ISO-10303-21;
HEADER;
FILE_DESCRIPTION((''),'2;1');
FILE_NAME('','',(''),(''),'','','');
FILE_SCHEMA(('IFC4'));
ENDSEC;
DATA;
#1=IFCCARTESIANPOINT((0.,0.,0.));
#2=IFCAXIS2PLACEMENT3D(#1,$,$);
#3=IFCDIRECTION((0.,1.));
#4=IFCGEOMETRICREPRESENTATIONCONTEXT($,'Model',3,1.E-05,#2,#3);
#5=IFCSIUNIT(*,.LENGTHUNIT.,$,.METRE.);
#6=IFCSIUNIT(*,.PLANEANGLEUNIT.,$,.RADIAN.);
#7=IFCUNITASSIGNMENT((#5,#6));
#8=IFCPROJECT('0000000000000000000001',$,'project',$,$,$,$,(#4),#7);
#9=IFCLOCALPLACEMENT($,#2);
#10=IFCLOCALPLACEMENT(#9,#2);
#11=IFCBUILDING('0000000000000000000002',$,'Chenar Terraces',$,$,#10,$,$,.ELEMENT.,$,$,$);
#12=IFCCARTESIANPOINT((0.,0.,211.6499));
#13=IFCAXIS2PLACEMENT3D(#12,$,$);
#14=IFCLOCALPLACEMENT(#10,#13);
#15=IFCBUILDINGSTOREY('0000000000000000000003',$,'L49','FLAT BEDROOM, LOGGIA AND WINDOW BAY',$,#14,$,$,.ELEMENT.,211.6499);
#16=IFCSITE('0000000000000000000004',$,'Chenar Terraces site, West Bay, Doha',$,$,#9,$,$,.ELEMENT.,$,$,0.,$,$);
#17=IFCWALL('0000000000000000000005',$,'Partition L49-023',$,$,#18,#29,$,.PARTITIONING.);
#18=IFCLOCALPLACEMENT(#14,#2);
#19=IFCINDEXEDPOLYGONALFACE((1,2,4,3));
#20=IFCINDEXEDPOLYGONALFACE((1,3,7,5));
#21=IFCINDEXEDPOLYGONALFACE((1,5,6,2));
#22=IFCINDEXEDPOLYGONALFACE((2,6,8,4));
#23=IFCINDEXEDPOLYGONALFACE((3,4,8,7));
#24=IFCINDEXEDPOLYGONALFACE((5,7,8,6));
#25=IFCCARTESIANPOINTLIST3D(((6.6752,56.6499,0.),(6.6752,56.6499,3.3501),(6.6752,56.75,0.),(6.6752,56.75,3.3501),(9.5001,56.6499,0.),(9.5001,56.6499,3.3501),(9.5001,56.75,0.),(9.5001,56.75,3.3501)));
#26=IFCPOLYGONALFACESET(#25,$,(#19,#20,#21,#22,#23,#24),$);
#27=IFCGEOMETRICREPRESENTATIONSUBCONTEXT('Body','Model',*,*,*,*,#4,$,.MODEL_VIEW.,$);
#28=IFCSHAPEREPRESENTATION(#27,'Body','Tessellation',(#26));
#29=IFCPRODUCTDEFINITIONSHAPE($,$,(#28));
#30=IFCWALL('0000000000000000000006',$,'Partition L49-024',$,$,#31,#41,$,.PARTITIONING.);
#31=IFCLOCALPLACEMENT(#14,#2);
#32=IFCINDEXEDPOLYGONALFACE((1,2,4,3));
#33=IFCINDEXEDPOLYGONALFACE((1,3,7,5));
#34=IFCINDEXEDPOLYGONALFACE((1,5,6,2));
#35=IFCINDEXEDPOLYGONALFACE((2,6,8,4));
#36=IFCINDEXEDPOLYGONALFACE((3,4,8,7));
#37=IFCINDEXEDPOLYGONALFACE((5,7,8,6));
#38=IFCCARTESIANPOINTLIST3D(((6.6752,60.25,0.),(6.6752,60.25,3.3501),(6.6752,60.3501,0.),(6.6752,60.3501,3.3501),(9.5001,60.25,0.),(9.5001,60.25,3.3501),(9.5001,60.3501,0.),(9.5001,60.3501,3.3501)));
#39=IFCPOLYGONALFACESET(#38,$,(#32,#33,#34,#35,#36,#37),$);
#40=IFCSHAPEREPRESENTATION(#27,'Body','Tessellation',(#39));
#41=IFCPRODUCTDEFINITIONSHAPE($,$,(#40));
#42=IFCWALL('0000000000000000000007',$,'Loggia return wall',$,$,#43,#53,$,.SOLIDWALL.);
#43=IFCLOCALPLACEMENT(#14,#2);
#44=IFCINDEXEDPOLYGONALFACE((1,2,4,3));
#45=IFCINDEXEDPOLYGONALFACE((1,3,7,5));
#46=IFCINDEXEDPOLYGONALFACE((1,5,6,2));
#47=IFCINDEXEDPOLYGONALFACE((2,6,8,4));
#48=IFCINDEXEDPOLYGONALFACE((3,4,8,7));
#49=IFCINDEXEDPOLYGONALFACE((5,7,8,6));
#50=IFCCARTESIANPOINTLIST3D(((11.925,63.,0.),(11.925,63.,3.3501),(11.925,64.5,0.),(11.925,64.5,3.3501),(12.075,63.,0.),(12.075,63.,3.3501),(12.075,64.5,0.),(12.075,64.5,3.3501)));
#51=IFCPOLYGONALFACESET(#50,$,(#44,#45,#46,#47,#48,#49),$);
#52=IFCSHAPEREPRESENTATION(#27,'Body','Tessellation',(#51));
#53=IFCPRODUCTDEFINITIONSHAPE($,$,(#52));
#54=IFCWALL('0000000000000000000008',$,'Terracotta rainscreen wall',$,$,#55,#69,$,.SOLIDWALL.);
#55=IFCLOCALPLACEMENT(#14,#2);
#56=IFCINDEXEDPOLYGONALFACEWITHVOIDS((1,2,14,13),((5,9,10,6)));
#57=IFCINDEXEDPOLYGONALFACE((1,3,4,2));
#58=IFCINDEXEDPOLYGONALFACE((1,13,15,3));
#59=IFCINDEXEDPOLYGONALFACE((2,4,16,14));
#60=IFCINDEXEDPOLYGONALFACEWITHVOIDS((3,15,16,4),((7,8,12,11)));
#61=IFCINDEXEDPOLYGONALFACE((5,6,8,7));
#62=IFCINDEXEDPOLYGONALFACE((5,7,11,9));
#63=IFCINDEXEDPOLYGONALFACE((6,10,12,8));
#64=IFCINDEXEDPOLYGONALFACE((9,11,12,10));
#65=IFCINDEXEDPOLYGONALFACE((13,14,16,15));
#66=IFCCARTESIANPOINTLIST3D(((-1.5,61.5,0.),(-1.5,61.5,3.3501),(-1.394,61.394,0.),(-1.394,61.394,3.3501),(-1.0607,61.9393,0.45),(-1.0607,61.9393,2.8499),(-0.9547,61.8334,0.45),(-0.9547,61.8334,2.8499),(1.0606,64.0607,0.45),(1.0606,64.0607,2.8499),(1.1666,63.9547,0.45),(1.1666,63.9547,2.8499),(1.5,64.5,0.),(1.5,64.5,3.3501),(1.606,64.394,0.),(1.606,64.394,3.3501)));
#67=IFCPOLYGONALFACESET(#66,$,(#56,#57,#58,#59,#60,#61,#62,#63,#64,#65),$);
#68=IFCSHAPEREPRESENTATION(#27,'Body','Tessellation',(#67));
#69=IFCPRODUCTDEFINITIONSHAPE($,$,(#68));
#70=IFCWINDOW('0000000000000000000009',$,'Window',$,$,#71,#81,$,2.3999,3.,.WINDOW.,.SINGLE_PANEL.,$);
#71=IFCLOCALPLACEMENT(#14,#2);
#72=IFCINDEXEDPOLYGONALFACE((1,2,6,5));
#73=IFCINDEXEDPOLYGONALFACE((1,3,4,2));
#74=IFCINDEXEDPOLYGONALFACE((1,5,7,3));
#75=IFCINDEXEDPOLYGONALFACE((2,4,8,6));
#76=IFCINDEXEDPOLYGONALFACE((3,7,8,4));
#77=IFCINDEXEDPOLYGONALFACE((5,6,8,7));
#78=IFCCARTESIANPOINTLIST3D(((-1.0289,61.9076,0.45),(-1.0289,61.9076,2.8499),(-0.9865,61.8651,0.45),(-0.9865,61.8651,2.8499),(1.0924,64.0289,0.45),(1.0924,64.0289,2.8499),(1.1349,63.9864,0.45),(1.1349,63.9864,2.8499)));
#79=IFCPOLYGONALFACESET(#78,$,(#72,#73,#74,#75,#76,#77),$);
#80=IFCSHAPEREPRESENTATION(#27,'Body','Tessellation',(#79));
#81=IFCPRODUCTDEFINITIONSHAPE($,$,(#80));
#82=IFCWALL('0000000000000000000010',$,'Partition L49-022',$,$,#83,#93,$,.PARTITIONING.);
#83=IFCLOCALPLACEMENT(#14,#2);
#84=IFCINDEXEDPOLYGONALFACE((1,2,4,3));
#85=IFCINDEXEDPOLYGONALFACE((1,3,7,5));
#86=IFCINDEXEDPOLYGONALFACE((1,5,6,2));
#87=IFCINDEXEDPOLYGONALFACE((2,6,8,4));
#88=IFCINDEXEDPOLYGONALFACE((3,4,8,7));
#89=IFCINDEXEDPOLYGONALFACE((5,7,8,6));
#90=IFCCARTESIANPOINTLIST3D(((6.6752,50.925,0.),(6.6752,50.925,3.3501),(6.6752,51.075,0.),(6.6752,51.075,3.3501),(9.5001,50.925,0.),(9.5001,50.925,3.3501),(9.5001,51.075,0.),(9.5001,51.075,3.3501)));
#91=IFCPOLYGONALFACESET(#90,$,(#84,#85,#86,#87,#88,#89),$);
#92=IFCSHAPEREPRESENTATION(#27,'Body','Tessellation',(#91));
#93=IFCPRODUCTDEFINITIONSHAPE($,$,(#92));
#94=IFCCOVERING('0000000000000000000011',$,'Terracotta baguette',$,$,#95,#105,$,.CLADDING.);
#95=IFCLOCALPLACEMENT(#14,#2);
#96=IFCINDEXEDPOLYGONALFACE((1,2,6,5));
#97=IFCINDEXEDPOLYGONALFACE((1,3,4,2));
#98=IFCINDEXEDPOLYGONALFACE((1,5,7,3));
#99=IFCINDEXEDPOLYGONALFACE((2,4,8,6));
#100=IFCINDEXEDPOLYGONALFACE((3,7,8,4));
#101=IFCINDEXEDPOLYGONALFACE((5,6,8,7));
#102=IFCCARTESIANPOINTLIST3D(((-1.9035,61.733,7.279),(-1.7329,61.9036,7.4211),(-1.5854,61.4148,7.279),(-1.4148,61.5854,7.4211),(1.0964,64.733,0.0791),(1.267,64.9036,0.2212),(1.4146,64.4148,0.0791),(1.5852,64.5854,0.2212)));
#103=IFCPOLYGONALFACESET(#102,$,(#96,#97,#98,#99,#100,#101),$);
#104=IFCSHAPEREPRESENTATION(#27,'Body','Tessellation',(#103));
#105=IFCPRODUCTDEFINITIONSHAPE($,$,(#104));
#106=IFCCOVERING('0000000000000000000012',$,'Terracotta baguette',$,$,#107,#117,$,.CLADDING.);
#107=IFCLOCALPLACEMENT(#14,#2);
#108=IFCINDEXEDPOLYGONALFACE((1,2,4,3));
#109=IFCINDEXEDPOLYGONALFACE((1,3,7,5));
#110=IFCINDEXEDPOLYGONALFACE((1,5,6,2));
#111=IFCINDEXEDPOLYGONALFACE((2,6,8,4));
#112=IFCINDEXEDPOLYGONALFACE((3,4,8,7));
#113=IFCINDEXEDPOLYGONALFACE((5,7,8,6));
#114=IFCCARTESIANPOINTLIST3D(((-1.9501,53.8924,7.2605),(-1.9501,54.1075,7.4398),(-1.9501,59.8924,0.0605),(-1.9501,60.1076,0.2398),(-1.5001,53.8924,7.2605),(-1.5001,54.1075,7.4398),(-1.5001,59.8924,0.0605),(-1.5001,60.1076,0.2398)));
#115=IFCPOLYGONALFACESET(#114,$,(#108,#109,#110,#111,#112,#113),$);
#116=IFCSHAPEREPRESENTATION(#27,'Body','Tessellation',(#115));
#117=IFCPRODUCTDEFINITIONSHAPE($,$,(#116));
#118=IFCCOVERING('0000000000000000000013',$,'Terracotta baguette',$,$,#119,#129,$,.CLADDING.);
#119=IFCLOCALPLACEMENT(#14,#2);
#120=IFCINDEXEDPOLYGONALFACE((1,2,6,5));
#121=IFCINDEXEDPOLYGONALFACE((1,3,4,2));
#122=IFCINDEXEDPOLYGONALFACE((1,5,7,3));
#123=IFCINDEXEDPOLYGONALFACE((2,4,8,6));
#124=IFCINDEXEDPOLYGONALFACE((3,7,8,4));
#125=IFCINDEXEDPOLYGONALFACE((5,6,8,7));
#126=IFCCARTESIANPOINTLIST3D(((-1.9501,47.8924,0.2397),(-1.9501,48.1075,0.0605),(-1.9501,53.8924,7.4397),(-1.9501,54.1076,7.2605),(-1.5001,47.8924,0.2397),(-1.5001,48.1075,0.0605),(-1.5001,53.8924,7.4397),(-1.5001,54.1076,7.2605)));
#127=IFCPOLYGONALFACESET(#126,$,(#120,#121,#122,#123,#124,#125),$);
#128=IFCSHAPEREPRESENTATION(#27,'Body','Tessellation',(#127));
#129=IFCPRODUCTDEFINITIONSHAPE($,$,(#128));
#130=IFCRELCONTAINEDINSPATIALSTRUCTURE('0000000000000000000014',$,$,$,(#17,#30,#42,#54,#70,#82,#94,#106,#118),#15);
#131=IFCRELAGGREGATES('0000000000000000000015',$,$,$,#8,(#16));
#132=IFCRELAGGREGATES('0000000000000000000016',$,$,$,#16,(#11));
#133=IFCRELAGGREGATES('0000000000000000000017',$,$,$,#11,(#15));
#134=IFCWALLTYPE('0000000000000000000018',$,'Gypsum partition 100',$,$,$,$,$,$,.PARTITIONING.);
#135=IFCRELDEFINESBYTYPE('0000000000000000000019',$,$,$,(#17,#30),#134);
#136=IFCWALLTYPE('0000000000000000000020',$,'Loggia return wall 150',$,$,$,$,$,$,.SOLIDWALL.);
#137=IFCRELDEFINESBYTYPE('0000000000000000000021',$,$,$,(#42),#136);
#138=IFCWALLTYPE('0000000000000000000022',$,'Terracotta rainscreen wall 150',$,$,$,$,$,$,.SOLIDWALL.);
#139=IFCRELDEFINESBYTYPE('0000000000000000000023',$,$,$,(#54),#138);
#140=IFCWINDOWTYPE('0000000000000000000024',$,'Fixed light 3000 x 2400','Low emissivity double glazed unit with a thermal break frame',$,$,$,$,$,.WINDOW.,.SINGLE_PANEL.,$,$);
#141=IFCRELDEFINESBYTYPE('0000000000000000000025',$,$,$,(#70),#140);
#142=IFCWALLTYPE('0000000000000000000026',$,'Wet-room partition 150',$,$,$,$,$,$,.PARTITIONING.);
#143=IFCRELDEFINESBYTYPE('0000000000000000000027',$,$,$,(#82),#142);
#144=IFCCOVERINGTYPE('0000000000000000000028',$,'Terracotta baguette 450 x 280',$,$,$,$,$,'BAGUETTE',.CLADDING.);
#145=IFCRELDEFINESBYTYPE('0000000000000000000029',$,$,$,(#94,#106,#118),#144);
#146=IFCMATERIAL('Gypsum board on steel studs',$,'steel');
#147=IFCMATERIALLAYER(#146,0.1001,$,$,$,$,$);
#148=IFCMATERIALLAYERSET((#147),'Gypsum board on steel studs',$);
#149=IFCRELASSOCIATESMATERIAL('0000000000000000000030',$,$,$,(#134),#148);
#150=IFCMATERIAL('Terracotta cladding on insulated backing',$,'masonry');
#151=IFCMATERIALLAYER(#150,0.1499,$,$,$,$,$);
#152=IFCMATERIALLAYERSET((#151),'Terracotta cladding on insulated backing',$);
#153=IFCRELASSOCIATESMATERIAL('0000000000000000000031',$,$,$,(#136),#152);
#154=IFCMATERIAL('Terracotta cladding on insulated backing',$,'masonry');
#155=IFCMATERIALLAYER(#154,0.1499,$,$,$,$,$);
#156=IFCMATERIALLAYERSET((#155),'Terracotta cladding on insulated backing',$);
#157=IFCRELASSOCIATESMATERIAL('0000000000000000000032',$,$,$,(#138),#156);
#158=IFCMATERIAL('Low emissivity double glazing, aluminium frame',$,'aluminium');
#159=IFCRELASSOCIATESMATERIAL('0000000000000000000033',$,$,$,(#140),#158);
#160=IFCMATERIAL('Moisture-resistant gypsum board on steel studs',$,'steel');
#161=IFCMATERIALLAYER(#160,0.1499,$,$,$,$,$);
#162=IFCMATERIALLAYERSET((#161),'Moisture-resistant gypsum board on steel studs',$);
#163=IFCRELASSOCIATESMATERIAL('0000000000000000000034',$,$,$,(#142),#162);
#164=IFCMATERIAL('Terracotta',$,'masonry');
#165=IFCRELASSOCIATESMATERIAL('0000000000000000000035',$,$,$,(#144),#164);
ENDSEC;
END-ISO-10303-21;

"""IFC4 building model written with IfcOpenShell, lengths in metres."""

from ifc_helpers import new_model, si_unit, direction, frame, frame_2d, origin, origin_2d, place, context, subcontext, project, spatial, rectangle, extrude, material, layer, layer_set, material_profile, profile_set, type_object, element, fill, save


model = new_model("IFC4")

# Units and contexts
model_context = context("Model", 3, precision=1e-05, world=origin(), true_north=direction((0.0, 1.0)))
body_context = subcontext(model_context, "Body", "Model", "MODEL_VIEW")
ifc_project = project(units=[si_unit("LENGTHUNIT", "METRE"), si_unit("PLANEANGLEUNIT", "RADIAN")], contexts=[model_context])

# Site, building, storey
site_placement = place(None, origin())
site = spatial("IfcSite", under=ifc_project, at=site_placement, Name="Chenar Terraces site, West Bay, Doha", CompositionType="ELEMENT", RefElevation=0.0)
building_placement = place(site_placement, origin())
building = spatial("IfcBuilding", under=site, at=building_placement, Name="Chenar Terraces", CompositionType="ELEMENT")
storey_placement = place(building_placement, frame((0.0, 0.0, 211.6499)))
storey = spatial("IfcBuildingStorey", under=building, at=storey_placement, Name="L49", Description="FLAT BEDROOM, LOGGIA AND WINDOW BAY", CompositionType="ELEMENT", Elevation=211.6499)

# Walls
ifc_material_1 = material(Name="Gypsum board on steel studs", Category="steel")
ifc_layer_1 = layer(ifc_material_1, 0.1001)
ifc_layer_set_1 = layer_set([ifc_layer_1], Name="Gypsum board on steel studs")
wall_type_1 = type_object("IfcWallType", Name="Gypsum partition 100", PredefinedType="PARTITIONING", material=ifc_layer_set_1)
for number, where, z_axis, x_axis, name in (
    (1, (6.675, 56.7, 0.0), (0.0, 0.0, 1.0), (1.0, 0.0, 0.0), "Partition L49-023"),
    (2, (6.675, 60.3, 0.0), (0.0, 0.0, 1.0), (1.0, 0.0, 0.0), "Partition L49-024"),
):
    element("IfcWall", number, at=place(storey_placement, frame(where, z_axis=z_axis, x_axis=x_axis)), inside=storey, type_object=wall_type_1, Name=name, PredefinedType="PARTITIONING", context=body_context, shape_type="SweptSolid", body=[
        extrude(rectangle(XDim=2.825, YDim=0.1001, at=frame_2d((1.4126, 0.0))), origin(), (0.0, 0.0, 1.0), 3.3501),
    ])
ifc_material_2 = material(Name="Terracotta cladding on insulated backing", Category="masonry")
ifc_layer_2 = layer(ifc_material_2, 0.1499)
ifc_layer_set_2 = layer_set([ifc_layer_2], Name="Terracotta cladding on insulated backing")
wall_type_2 = type_object("IfcWallType", Name="Loggia return wall 150", PredefinedType="SOLIDWALL", material=ifc_layer_set_2)
wall_1_placement = place(storey_placement, frame((12.0, 64.5, 0.0), z_axis=(0.0, 0.0, 1.0), x_axis=(0.0, -1.0, 0.0)))
element("IfcWall", 3, at=wall_1_placement, inside=storey, type_object=wall_type_2, Name="Loggia return wall", PredefinedType="SOLIDWALL", context=body_context, shape_type="SweptSolid", body=[
    extrude(rectangle(XDim=1.5, YDim=0.1499, at=frame_2d((0.75, 0.0))), origin(), (0.0, 0.0, 1.0), 3.3501),
])

# Wall, opening, window
ifc_material_3 = material(Name="Terracotta cladding on insulated backing", Category="masonry")
ifc_layer_3 = layer(ifc_material_3, 0.1499)
ifc_layer_set_3 = layer_set([ifc_layer_3], Name="Terracotta cladding on insulated backing")
wall_type_3 = type_object("IfcWallType", Name="Terracotta rainscreen wall 150", PredefinedType="SOLIDWALL", material=ifc_layer_set_3)
wall_2_placement = place(storey_placement, frame((1.553, 64.447, 0.0), z_axis=(0.0, 0.0, 1.0), x_axis=(-0.707107, -0.707107, 0.0)))
wall_2 = element("IfcWall", 4, at=wall_2_placement, inside=storey, type_object=wall_type_3, Name="Terracotta rainscreen wall", PredefinedType="SOLIDWALL", context=body_context, shape_type="SweptSolid", body=[
    extrude(rectangle(XDim=4.2427, YDim=0.1499, at=frame_2d((2.1213, 0.0))), origin(), (0.0, 0.0, 1.0), 3.3501),
])
opening_1_placement = place(wall_2_placement, frame((0.6213, 0.0, 0.45)))
opening_1 = element("IfcOpeningElement", 5, at=opening_1_placement, cuts=wall_2, PredefinedType="OPENING", context=body_context, shape_type="SweptSolid", body=[
    extrude(rectangle(XDim=3.0, YDim=2.3999, at=frame_2d((1.5, 1.2))), frame((0.0, 0.085, 0.0), z_axis=(0.0, -1.0, 0.0), x_axis=(1.0, 0.0, 0.0)), (0.0, 0.0, 1.0), 0.1699),
])
ifc_material_4 = material(Name="Low emissivity double glazing, aluminium frame", Category="aluminium")
window_type_1 = type_object("IfcWindowType", Name="Fixed light 3000 x 2400", Description="Low emissivity double glazed unit with a thermal break frame", PartitioningType="SINGLE_PANEL", PredefinedType="WINDOW", material=ifc_material_4)
window_1_placement = place(opening_1_placement, origin())
window_1 = element("IfcWindow", 6, at=window_1_placement, inside=storey, type_object=window_type_1, Name="Window", OverallHeight=2.3999, OverallWidth=3.0, PartitioningType="SINGLE_PANEL", PredefinedType="WINDOW", context=body_context, shape_type="SweptSolid", body=[
    extrude(rectangle(XDim=3.0, YDim=2.3999, at=frame_2d((1.5, 1.2))), frame((0.0, 0.03, 0.0), z_axis=(0.0, -1.0, 0.0), x_axis=(1.0, 0.0, 0.0)), (0.0, 0.0, 1.0), 0.0601),
])
fill(opening_1, window_1)

# Wall
ifc_material_5 = material(Name="Moisture-resistant gypsum board on steel studs", Category="steel")
ifc_layer_4 = layer(ifc_material_5, 0.1499)
ifc_layer_set_4 = layer_set([ifc_layer_4], Name="Moisture-resistant gypsum board on steel studs")
wall_type_4 = type_object("IfcWallType", Name="Wet-room partition 150", PredefinedType="PARTITIONING", material=ifc_layer_set_4)
wall_3_placement = place(storey_placement, frame((6.675, 51.0, 0.0), z_axis=(0.0, 0.0, 1.0), x_axis=(1.0, 0.0, 0.0)))
element("IfcWall", 7, at=wall_3_placement, inside=storey, type_object=wall_type_4, Name="Partition L49-022", PredefinedType="PARTITIONING", context=body_context, shape_type="SweptSolid", body=[
    extrude(rectangle(XDim=2.825, YDim=0.1499, at=frame_2d((1.4126, 0.0))), origin(), (0.0, 0.0, 1.0), 3.3501),
])

# Coverings
ifc_material_6 = material(Name="Terracotta", Category="masonry")
ifc_material_profile_1 = material_profile(ifc_material_6, rectangle(XDim=0.45, YDim=0.28, at=origin_2d()), Name="Terracotta baguette 450 x 280")
ifc_profile_set_1 = profile_set([ifc_material_profile_1], Name="Terracotta")
covering_type = type_object("IfcCoveringType", Name="Terracotta baguette 450 x 280", ElementType="BAGUETTE", PredefinedType="CLADDING", material=ifc_profile_set_1)
covering_placement = place(storey_placement, frame((1.3408, 64.6592, 0.1501), z_axis=(-0.358981, -0.358981, 0.861548), x_axis=(0.707107, -0.707107, 0.0)))
element("IfcCovering", 8, at=covering_placement, inside=storey, type_object=covering_type, Name="Terracotta baguette", PredefinedType="CLADDING", context=body_context, shape_type="SweptSolid", body=[
    extrude(rectangle(XDim=0.45, YDim=0.28, at=origin_2d()), origin(), (0.0, 0.0, 1.0), 8.3569),
])
for number, where, z_axis, x_axis, name in (
    (9, (-1.7251, 60.0, 0.1501), (0.0, -0.640187, 0.768219), (1.0, 0.0, 0.0), "Terracotta baguette"),
    (10, (-1.7251, 54.0, 7.3501), (0.0, -0.640187, -0.768219), (1.0, 0.0, 0.0), "Terracotta baguette"),
):
    element("IfcCovering", number, at=place(storey_placement, frame(where, z_axis=z_axis, x_axis=x_axis)), inside=storey, type_object=covering_type, Name=name, PredefinedType="CLADDING", context=body_context, shape_type="SweptSolid", body=[
        extrude(rectangle(XDim=0.45, YDim=0.28, at=origin_2d()), origin(), (0.0, 0.0, 1.0), 9.3723),
    ])

save(model, "model.ifc")
